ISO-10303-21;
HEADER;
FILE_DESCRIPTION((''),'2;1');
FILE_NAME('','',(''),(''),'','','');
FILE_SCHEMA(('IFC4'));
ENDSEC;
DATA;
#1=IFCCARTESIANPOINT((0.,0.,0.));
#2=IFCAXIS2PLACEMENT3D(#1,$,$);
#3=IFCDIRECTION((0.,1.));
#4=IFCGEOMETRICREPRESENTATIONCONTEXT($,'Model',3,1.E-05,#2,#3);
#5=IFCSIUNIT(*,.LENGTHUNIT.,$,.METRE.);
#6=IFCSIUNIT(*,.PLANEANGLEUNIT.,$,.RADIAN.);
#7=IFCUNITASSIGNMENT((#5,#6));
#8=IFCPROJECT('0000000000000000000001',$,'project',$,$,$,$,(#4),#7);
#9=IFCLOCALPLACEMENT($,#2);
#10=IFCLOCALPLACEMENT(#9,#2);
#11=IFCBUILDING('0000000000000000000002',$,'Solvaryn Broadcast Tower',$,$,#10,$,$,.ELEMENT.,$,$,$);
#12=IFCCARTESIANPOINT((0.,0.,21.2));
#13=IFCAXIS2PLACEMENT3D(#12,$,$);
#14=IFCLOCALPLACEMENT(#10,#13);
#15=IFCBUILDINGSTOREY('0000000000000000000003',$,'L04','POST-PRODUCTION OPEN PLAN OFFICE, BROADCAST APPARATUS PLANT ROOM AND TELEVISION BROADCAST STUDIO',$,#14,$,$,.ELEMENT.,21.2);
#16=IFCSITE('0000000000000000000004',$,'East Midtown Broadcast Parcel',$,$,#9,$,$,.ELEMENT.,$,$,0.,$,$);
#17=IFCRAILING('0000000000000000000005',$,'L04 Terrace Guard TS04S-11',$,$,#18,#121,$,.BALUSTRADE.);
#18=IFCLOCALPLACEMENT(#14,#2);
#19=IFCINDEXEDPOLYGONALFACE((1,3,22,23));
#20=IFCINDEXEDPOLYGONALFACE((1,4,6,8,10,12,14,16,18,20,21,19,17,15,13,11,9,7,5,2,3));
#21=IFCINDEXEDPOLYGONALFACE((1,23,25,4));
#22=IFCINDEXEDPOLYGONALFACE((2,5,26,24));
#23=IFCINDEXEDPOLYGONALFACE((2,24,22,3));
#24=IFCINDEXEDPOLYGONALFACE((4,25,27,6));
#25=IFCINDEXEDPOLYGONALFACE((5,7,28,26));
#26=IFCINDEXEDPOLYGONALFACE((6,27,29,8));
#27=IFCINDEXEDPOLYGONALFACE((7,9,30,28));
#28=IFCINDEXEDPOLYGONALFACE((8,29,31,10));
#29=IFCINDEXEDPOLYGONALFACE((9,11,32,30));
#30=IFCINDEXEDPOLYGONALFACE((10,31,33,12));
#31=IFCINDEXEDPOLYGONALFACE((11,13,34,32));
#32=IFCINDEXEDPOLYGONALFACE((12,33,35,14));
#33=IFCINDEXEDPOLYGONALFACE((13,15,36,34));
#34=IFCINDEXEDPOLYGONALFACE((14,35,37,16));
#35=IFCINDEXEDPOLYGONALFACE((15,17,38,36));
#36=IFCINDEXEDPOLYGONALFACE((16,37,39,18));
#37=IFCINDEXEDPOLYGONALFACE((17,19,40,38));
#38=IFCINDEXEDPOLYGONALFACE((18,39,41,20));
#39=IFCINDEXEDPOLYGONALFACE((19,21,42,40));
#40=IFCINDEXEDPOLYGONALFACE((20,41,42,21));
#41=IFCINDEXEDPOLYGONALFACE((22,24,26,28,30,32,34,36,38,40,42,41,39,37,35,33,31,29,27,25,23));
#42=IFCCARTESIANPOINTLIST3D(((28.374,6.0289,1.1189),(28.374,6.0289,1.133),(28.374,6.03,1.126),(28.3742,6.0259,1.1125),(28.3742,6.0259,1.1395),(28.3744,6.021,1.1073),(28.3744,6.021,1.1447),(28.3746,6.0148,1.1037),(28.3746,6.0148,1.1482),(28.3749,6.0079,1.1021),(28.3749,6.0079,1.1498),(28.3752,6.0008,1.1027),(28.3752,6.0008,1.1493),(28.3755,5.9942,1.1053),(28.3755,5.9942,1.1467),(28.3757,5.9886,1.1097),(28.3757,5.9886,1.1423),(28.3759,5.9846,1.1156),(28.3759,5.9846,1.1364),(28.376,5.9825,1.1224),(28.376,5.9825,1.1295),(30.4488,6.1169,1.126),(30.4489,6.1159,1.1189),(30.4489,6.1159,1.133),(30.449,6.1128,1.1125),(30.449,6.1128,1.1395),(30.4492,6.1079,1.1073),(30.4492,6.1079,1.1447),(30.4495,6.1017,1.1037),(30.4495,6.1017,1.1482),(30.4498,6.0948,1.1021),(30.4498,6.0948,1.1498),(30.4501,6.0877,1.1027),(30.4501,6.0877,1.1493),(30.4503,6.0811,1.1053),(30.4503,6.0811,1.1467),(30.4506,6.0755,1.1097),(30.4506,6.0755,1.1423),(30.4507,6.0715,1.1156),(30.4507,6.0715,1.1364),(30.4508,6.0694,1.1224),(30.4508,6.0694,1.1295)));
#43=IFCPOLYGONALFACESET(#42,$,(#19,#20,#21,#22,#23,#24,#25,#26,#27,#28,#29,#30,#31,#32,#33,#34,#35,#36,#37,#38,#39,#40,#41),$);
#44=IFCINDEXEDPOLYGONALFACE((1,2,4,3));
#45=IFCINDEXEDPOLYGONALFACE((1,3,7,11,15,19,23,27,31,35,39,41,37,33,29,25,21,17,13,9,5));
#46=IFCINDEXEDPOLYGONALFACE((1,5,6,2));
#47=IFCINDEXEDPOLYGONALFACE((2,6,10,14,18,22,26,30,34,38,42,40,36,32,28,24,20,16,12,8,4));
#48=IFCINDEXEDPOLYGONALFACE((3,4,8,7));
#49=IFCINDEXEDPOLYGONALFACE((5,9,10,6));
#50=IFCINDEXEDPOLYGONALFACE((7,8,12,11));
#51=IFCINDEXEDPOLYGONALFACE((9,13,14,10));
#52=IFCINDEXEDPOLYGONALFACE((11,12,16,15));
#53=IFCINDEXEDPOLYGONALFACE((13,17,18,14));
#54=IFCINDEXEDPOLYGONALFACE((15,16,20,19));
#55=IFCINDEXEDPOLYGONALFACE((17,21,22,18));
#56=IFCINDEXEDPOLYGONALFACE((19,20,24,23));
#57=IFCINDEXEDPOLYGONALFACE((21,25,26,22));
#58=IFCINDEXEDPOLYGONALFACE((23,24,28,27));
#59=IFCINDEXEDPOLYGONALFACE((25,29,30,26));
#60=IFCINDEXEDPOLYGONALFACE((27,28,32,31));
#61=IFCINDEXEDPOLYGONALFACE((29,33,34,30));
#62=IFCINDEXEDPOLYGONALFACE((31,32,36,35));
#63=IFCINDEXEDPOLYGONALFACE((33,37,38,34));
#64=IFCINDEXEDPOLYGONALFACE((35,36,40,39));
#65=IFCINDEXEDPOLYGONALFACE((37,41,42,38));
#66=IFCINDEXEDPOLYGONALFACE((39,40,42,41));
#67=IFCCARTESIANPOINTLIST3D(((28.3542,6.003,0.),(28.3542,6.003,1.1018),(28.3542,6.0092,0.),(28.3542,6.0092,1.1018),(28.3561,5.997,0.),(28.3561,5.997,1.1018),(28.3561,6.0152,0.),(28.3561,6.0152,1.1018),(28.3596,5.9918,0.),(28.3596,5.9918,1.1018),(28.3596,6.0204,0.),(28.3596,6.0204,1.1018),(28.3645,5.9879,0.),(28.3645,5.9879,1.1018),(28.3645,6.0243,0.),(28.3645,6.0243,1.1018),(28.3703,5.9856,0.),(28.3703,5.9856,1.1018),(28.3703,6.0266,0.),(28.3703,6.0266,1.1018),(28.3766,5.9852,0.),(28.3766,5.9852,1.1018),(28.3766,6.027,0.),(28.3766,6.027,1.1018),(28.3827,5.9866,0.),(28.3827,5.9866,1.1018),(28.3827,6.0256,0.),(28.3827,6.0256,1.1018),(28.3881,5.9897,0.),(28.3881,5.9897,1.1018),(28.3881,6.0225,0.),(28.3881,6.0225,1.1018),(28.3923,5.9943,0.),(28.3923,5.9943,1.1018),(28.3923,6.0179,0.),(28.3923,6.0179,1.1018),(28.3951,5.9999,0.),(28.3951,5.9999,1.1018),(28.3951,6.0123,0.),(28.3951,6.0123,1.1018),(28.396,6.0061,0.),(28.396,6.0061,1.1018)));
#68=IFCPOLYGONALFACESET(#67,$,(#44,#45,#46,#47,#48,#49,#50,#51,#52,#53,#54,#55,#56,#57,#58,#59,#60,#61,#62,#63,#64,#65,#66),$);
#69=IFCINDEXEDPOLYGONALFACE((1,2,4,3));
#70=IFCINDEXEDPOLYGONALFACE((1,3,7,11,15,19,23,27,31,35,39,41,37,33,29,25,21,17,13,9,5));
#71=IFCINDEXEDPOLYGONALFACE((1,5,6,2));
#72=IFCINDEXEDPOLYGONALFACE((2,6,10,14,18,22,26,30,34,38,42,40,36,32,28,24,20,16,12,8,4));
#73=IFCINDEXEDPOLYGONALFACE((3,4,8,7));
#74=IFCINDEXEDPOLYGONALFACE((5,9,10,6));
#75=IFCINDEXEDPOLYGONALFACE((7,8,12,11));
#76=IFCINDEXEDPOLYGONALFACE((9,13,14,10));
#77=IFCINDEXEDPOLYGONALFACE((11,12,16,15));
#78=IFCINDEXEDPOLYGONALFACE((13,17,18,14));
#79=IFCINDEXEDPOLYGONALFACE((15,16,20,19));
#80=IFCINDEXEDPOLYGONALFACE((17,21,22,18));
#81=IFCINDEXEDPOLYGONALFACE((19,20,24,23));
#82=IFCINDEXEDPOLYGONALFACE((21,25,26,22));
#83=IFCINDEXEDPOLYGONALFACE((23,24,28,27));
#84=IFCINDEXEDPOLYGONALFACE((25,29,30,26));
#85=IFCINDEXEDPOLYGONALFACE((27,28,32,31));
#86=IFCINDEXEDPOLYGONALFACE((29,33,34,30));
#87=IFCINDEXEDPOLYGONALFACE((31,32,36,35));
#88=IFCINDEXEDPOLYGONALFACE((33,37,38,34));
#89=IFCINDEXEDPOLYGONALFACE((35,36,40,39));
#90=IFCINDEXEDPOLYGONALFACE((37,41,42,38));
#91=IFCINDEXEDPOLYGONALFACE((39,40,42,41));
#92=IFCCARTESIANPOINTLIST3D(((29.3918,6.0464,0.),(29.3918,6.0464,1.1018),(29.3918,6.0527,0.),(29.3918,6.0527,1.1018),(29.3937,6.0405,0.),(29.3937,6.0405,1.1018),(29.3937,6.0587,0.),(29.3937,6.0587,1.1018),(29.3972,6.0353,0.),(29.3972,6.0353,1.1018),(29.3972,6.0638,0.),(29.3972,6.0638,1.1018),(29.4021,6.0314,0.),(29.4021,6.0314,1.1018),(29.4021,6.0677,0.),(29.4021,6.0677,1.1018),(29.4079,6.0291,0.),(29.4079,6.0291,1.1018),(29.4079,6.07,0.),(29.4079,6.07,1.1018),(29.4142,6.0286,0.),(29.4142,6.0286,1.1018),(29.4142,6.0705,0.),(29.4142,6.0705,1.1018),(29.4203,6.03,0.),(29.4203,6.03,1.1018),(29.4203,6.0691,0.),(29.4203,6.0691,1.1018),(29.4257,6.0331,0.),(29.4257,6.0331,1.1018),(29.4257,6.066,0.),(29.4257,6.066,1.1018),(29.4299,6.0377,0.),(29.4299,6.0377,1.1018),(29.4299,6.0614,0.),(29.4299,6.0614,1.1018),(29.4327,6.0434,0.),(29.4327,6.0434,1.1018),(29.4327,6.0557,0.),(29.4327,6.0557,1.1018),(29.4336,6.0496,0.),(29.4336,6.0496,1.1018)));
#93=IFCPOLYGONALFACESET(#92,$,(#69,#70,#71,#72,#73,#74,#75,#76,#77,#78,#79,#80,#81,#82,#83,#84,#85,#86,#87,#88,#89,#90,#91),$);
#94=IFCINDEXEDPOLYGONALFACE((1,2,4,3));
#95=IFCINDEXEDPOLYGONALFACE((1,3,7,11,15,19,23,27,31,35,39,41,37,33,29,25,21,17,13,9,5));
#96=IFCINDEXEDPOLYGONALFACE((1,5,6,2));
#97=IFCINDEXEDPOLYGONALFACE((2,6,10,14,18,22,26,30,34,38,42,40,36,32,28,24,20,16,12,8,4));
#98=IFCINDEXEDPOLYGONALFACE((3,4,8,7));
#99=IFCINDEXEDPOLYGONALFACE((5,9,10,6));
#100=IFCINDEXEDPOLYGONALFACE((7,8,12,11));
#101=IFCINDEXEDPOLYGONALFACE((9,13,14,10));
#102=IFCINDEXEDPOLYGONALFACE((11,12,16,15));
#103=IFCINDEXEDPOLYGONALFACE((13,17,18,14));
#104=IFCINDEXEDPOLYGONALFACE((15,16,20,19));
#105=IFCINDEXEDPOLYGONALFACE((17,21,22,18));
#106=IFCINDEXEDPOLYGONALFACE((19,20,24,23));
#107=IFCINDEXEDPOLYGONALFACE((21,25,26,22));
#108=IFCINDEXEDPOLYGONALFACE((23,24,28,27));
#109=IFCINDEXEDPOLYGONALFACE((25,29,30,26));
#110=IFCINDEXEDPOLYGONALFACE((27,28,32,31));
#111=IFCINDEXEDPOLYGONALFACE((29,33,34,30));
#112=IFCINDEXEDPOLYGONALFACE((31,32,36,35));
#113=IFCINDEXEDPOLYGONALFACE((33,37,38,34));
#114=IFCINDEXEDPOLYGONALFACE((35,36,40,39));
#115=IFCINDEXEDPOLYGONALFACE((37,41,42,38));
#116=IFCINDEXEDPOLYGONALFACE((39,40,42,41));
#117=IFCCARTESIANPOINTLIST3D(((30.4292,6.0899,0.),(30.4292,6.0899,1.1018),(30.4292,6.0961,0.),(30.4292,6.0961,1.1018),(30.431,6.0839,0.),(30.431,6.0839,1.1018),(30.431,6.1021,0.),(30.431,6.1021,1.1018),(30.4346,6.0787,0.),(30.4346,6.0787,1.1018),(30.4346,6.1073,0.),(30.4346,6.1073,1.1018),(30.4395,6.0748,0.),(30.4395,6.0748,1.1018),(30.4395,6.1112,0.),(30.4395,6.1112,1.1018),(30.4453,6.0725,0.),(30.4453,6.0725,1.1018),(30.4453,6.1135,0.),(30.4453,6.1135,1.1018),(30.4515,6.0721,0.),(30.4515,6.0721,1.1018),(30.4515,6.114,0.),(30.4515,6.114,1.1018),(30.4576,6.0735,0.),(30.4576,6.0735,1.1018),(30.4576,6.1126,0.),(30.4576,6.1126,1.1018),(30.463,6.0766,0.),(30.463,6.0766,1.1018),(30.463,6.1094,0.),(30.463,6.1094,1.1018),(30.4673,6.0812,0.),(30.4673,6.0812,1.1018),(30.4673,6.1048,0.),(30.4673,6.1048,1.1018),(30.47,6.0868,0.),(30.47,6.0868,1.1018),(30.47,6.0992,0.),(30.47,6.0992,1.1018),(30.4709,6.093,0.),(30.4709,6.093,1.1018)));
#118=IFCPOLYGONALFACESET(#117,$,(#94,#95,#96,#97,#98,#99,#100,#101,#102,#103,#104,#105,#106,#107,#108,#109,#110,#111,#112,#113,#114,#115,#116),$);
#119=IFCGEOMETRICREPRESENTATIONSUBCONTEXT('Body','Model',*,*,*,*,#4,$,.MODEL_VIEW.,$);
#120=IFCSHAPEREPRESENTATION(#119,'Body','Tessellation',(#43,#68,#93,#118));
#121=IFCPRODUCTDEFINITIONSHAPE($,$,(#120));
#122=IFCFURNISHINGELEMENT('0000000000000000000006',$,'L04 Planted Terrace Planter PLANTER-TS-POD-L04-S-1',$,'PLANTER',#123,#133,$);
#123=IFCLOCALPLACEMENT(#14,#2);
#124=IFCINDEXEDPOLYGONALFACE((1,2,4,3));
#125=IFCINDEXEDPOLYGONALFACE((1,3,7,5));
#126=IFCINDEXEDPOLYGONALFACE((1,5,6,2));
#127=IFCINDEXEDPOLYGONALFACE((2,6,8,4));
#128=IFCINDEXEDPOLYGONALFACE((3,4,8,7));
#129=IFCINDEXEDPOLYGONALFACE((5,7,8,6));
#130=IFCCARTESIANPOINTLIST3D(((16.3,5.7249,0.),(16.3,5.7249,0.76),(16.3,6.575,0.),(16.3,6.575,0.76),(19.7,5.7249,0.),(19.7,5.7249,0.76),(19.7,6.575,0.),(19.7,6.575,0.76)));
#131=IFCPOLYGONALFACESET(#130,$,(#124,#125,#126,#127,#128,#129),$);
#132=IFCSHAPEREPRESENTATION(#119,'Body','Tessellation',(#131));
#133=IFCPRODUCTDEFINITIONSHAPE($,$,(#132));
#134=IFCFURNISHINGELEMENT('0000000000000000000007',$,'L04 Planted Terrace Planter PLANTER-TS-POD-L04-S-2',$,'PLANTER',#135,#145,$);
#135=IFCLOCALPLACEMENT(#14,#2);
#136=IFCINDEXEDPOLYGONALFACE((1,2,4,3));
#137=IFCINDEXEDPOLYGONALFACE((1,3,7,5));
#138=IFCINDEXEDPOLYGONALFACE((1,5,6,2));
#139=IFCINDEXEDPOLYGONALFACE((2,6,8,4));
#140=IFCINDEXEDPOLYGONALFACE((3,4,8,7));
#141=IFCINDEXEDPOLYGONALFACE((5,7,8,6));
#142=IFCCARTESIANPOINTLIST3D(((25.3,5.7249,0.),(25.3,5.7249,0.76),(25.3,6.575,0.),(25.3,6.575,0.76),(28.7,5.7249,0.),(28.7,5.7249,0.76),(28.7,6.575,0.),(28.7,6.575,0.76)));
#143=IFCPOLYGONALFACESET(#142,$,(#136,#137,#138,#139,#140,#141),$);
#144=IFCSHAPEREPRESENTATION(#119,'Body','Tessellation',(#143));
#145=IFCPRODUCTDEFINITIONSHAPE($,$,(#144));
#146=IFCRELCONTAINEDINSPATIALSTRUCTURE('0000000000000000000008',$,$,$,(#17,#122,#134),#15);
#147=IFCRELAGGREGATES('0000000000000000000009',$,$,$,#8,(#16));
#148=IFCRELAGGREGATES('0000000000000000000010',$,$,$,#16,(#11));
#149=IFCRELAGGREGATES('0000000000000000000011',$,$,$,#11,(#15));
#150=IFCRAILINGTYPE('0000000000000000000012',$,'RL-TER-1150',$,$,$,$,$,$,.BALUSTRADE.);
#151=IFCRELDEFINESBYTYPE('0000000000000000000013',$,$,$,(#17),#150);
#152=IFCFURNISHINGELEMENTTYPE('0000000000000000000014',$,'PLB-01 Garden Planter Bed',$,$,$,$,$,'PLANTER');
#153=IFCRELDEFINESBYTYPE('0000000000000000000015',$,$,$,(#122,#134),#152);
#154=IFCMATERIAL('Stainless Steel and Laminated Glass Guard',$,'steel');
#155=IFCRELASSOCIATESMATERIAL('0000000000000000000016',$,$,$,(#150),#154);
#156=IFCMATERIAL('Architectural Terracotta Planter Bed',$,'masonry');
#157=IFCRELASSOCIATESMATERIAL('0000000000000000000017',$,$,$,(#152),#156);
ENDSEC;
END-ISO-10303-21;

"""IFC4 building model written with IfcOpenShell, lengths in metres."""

from ifc_helpers import new_model, si_unit, direction, frame, origin, origin_2d, place, context, subcontext, project, spatial, rectangle, circle, extrude, material, type_object, element, save


model = new_model("IFC4")

# Units and contexts
model_context = context("Model", 3, precision=1e-05, world=origin(), true_north=direction((0.0, 1.0)))
body_context = subcontext(model_context, "Body", "Model", "MODEL_VIEW")
ifc_project = project(units=[si_unit("LENGTHUNIT", "METRE"), si_unit("PLANEANGLEUNIT", "RADIAN")], contexts=[model_context])

# Site, building, storey
site_placement = place(None, origin())
site = spatial("IfcSite", under=ifc_project, at=site_placement, Name="East Midtown Broadcast Parcel", CompositionType="ELEMENT", RefElevation=0.0)
building_placement = place(site_placement, origin())
building = spatial("IfcBuilding", under=site, at=building_placement, Name="Solvaryn Broadcast Tower", CompositionType="ELEMENT")
storey_placement = place(building_placement, frame((0.0, 0.0, 21.2)))
storey = spatial("IfcBuildingStorey", under=building, at=storey_placement, Name="L04", Description="POST-PRODUCTION OPEN PLAN OFFICE, BROADCAST APPARATUS PLANT ROOM AND TELEVISION BROADCAST STUDIO", CompositionType="ELEMENT", Elevation=21.2)

# Railing
ifc_material_1 = material(Name="Stainless Steel and Laminated Glass Guard", Category="steel")
railing_type = type_object("IfcRailingType", Name="RL-TER-1150", PredefinedType="BALUSTRADE", material=ifc_material_1)
railing_1_placement = place(storey_placement, frame((28.375, 6.0061, 0.0)))
element("IfcRailing", 1, at=railing_1_placement, inside=storey, type_object=railing_type, Name="L04 Terrace Guard TS04S-11", PredefinedType="BALUSTRADE", context=body_context, shape_type="SweptSolid", body=[
    extrude(circle(Radius=0.0239, at=origin_2d()), frame((0.0, 0.0, 1.126), z_axis=(0.999124, 0.041851, 0.0), x_axis=(-0.041851, 0.999124, 0.0)), (0.0, 0.0, 1.0), 2.0767),
    extrude(circle(Radius=0.021, at=origin_2d()), origin(), (0.0, 0.0, 1.0), 1.1018),
    extrude(circle(Radius=0.021, at=origin_2d()), frame((1.0376, 0.0435, 0.0)), (0.0, 0.0, 1.0), 1.1018),
    extrude(circle(Radius=0.021, at=origin_2d()), frame((2.075, 0.0869, 0.0)), (0.0, 0.0, 1.0), 1.1018),
])

# Furnishing elements
ifc_material_2 = material(Name="Architectural Terracotta Planter Bed", Category="masonry")
furnishing_element_type = type_object("IfcFurnishingElementType", Name="PLB-01 Garden Planter Bed", ElementType="PLANTER", material=ifc_material_2)
for number, where, z_axis, x_axis, name in (
    (2, (18.0, 6.1499, 0.0), (0.0, 0.0, 1.0), (1.0, 0.0, 0.0), "L04 Planted Terrace Planter PLANTER-TS-POD-L04-S-1"),
    (3, (27.0, 6.1499, 0.0), (0.0, 0.0, 1.0), (1.0, 0.0, 0.0), "L04 Planted Terrace Planter PLANTER-TS-POD-L04-S-2"),
):
    element("IfcFurnishingElement", number, at=place(storey_placement, frame(where, z_axis=z_axis, x_axis=x_axis)), inside=storey, type_object=furnishing_element_type, Name=name, ObjectType="PLANTER", context=body_context, shape_type="SweptSolid", body=[
        extrude(rectangle(XDim=3.3999, YDim=0.8501, at=origin_2d()), origin(), (0.0, 0.0, 1.0), 0.76),
    ])

save(model, "model.ifc")
